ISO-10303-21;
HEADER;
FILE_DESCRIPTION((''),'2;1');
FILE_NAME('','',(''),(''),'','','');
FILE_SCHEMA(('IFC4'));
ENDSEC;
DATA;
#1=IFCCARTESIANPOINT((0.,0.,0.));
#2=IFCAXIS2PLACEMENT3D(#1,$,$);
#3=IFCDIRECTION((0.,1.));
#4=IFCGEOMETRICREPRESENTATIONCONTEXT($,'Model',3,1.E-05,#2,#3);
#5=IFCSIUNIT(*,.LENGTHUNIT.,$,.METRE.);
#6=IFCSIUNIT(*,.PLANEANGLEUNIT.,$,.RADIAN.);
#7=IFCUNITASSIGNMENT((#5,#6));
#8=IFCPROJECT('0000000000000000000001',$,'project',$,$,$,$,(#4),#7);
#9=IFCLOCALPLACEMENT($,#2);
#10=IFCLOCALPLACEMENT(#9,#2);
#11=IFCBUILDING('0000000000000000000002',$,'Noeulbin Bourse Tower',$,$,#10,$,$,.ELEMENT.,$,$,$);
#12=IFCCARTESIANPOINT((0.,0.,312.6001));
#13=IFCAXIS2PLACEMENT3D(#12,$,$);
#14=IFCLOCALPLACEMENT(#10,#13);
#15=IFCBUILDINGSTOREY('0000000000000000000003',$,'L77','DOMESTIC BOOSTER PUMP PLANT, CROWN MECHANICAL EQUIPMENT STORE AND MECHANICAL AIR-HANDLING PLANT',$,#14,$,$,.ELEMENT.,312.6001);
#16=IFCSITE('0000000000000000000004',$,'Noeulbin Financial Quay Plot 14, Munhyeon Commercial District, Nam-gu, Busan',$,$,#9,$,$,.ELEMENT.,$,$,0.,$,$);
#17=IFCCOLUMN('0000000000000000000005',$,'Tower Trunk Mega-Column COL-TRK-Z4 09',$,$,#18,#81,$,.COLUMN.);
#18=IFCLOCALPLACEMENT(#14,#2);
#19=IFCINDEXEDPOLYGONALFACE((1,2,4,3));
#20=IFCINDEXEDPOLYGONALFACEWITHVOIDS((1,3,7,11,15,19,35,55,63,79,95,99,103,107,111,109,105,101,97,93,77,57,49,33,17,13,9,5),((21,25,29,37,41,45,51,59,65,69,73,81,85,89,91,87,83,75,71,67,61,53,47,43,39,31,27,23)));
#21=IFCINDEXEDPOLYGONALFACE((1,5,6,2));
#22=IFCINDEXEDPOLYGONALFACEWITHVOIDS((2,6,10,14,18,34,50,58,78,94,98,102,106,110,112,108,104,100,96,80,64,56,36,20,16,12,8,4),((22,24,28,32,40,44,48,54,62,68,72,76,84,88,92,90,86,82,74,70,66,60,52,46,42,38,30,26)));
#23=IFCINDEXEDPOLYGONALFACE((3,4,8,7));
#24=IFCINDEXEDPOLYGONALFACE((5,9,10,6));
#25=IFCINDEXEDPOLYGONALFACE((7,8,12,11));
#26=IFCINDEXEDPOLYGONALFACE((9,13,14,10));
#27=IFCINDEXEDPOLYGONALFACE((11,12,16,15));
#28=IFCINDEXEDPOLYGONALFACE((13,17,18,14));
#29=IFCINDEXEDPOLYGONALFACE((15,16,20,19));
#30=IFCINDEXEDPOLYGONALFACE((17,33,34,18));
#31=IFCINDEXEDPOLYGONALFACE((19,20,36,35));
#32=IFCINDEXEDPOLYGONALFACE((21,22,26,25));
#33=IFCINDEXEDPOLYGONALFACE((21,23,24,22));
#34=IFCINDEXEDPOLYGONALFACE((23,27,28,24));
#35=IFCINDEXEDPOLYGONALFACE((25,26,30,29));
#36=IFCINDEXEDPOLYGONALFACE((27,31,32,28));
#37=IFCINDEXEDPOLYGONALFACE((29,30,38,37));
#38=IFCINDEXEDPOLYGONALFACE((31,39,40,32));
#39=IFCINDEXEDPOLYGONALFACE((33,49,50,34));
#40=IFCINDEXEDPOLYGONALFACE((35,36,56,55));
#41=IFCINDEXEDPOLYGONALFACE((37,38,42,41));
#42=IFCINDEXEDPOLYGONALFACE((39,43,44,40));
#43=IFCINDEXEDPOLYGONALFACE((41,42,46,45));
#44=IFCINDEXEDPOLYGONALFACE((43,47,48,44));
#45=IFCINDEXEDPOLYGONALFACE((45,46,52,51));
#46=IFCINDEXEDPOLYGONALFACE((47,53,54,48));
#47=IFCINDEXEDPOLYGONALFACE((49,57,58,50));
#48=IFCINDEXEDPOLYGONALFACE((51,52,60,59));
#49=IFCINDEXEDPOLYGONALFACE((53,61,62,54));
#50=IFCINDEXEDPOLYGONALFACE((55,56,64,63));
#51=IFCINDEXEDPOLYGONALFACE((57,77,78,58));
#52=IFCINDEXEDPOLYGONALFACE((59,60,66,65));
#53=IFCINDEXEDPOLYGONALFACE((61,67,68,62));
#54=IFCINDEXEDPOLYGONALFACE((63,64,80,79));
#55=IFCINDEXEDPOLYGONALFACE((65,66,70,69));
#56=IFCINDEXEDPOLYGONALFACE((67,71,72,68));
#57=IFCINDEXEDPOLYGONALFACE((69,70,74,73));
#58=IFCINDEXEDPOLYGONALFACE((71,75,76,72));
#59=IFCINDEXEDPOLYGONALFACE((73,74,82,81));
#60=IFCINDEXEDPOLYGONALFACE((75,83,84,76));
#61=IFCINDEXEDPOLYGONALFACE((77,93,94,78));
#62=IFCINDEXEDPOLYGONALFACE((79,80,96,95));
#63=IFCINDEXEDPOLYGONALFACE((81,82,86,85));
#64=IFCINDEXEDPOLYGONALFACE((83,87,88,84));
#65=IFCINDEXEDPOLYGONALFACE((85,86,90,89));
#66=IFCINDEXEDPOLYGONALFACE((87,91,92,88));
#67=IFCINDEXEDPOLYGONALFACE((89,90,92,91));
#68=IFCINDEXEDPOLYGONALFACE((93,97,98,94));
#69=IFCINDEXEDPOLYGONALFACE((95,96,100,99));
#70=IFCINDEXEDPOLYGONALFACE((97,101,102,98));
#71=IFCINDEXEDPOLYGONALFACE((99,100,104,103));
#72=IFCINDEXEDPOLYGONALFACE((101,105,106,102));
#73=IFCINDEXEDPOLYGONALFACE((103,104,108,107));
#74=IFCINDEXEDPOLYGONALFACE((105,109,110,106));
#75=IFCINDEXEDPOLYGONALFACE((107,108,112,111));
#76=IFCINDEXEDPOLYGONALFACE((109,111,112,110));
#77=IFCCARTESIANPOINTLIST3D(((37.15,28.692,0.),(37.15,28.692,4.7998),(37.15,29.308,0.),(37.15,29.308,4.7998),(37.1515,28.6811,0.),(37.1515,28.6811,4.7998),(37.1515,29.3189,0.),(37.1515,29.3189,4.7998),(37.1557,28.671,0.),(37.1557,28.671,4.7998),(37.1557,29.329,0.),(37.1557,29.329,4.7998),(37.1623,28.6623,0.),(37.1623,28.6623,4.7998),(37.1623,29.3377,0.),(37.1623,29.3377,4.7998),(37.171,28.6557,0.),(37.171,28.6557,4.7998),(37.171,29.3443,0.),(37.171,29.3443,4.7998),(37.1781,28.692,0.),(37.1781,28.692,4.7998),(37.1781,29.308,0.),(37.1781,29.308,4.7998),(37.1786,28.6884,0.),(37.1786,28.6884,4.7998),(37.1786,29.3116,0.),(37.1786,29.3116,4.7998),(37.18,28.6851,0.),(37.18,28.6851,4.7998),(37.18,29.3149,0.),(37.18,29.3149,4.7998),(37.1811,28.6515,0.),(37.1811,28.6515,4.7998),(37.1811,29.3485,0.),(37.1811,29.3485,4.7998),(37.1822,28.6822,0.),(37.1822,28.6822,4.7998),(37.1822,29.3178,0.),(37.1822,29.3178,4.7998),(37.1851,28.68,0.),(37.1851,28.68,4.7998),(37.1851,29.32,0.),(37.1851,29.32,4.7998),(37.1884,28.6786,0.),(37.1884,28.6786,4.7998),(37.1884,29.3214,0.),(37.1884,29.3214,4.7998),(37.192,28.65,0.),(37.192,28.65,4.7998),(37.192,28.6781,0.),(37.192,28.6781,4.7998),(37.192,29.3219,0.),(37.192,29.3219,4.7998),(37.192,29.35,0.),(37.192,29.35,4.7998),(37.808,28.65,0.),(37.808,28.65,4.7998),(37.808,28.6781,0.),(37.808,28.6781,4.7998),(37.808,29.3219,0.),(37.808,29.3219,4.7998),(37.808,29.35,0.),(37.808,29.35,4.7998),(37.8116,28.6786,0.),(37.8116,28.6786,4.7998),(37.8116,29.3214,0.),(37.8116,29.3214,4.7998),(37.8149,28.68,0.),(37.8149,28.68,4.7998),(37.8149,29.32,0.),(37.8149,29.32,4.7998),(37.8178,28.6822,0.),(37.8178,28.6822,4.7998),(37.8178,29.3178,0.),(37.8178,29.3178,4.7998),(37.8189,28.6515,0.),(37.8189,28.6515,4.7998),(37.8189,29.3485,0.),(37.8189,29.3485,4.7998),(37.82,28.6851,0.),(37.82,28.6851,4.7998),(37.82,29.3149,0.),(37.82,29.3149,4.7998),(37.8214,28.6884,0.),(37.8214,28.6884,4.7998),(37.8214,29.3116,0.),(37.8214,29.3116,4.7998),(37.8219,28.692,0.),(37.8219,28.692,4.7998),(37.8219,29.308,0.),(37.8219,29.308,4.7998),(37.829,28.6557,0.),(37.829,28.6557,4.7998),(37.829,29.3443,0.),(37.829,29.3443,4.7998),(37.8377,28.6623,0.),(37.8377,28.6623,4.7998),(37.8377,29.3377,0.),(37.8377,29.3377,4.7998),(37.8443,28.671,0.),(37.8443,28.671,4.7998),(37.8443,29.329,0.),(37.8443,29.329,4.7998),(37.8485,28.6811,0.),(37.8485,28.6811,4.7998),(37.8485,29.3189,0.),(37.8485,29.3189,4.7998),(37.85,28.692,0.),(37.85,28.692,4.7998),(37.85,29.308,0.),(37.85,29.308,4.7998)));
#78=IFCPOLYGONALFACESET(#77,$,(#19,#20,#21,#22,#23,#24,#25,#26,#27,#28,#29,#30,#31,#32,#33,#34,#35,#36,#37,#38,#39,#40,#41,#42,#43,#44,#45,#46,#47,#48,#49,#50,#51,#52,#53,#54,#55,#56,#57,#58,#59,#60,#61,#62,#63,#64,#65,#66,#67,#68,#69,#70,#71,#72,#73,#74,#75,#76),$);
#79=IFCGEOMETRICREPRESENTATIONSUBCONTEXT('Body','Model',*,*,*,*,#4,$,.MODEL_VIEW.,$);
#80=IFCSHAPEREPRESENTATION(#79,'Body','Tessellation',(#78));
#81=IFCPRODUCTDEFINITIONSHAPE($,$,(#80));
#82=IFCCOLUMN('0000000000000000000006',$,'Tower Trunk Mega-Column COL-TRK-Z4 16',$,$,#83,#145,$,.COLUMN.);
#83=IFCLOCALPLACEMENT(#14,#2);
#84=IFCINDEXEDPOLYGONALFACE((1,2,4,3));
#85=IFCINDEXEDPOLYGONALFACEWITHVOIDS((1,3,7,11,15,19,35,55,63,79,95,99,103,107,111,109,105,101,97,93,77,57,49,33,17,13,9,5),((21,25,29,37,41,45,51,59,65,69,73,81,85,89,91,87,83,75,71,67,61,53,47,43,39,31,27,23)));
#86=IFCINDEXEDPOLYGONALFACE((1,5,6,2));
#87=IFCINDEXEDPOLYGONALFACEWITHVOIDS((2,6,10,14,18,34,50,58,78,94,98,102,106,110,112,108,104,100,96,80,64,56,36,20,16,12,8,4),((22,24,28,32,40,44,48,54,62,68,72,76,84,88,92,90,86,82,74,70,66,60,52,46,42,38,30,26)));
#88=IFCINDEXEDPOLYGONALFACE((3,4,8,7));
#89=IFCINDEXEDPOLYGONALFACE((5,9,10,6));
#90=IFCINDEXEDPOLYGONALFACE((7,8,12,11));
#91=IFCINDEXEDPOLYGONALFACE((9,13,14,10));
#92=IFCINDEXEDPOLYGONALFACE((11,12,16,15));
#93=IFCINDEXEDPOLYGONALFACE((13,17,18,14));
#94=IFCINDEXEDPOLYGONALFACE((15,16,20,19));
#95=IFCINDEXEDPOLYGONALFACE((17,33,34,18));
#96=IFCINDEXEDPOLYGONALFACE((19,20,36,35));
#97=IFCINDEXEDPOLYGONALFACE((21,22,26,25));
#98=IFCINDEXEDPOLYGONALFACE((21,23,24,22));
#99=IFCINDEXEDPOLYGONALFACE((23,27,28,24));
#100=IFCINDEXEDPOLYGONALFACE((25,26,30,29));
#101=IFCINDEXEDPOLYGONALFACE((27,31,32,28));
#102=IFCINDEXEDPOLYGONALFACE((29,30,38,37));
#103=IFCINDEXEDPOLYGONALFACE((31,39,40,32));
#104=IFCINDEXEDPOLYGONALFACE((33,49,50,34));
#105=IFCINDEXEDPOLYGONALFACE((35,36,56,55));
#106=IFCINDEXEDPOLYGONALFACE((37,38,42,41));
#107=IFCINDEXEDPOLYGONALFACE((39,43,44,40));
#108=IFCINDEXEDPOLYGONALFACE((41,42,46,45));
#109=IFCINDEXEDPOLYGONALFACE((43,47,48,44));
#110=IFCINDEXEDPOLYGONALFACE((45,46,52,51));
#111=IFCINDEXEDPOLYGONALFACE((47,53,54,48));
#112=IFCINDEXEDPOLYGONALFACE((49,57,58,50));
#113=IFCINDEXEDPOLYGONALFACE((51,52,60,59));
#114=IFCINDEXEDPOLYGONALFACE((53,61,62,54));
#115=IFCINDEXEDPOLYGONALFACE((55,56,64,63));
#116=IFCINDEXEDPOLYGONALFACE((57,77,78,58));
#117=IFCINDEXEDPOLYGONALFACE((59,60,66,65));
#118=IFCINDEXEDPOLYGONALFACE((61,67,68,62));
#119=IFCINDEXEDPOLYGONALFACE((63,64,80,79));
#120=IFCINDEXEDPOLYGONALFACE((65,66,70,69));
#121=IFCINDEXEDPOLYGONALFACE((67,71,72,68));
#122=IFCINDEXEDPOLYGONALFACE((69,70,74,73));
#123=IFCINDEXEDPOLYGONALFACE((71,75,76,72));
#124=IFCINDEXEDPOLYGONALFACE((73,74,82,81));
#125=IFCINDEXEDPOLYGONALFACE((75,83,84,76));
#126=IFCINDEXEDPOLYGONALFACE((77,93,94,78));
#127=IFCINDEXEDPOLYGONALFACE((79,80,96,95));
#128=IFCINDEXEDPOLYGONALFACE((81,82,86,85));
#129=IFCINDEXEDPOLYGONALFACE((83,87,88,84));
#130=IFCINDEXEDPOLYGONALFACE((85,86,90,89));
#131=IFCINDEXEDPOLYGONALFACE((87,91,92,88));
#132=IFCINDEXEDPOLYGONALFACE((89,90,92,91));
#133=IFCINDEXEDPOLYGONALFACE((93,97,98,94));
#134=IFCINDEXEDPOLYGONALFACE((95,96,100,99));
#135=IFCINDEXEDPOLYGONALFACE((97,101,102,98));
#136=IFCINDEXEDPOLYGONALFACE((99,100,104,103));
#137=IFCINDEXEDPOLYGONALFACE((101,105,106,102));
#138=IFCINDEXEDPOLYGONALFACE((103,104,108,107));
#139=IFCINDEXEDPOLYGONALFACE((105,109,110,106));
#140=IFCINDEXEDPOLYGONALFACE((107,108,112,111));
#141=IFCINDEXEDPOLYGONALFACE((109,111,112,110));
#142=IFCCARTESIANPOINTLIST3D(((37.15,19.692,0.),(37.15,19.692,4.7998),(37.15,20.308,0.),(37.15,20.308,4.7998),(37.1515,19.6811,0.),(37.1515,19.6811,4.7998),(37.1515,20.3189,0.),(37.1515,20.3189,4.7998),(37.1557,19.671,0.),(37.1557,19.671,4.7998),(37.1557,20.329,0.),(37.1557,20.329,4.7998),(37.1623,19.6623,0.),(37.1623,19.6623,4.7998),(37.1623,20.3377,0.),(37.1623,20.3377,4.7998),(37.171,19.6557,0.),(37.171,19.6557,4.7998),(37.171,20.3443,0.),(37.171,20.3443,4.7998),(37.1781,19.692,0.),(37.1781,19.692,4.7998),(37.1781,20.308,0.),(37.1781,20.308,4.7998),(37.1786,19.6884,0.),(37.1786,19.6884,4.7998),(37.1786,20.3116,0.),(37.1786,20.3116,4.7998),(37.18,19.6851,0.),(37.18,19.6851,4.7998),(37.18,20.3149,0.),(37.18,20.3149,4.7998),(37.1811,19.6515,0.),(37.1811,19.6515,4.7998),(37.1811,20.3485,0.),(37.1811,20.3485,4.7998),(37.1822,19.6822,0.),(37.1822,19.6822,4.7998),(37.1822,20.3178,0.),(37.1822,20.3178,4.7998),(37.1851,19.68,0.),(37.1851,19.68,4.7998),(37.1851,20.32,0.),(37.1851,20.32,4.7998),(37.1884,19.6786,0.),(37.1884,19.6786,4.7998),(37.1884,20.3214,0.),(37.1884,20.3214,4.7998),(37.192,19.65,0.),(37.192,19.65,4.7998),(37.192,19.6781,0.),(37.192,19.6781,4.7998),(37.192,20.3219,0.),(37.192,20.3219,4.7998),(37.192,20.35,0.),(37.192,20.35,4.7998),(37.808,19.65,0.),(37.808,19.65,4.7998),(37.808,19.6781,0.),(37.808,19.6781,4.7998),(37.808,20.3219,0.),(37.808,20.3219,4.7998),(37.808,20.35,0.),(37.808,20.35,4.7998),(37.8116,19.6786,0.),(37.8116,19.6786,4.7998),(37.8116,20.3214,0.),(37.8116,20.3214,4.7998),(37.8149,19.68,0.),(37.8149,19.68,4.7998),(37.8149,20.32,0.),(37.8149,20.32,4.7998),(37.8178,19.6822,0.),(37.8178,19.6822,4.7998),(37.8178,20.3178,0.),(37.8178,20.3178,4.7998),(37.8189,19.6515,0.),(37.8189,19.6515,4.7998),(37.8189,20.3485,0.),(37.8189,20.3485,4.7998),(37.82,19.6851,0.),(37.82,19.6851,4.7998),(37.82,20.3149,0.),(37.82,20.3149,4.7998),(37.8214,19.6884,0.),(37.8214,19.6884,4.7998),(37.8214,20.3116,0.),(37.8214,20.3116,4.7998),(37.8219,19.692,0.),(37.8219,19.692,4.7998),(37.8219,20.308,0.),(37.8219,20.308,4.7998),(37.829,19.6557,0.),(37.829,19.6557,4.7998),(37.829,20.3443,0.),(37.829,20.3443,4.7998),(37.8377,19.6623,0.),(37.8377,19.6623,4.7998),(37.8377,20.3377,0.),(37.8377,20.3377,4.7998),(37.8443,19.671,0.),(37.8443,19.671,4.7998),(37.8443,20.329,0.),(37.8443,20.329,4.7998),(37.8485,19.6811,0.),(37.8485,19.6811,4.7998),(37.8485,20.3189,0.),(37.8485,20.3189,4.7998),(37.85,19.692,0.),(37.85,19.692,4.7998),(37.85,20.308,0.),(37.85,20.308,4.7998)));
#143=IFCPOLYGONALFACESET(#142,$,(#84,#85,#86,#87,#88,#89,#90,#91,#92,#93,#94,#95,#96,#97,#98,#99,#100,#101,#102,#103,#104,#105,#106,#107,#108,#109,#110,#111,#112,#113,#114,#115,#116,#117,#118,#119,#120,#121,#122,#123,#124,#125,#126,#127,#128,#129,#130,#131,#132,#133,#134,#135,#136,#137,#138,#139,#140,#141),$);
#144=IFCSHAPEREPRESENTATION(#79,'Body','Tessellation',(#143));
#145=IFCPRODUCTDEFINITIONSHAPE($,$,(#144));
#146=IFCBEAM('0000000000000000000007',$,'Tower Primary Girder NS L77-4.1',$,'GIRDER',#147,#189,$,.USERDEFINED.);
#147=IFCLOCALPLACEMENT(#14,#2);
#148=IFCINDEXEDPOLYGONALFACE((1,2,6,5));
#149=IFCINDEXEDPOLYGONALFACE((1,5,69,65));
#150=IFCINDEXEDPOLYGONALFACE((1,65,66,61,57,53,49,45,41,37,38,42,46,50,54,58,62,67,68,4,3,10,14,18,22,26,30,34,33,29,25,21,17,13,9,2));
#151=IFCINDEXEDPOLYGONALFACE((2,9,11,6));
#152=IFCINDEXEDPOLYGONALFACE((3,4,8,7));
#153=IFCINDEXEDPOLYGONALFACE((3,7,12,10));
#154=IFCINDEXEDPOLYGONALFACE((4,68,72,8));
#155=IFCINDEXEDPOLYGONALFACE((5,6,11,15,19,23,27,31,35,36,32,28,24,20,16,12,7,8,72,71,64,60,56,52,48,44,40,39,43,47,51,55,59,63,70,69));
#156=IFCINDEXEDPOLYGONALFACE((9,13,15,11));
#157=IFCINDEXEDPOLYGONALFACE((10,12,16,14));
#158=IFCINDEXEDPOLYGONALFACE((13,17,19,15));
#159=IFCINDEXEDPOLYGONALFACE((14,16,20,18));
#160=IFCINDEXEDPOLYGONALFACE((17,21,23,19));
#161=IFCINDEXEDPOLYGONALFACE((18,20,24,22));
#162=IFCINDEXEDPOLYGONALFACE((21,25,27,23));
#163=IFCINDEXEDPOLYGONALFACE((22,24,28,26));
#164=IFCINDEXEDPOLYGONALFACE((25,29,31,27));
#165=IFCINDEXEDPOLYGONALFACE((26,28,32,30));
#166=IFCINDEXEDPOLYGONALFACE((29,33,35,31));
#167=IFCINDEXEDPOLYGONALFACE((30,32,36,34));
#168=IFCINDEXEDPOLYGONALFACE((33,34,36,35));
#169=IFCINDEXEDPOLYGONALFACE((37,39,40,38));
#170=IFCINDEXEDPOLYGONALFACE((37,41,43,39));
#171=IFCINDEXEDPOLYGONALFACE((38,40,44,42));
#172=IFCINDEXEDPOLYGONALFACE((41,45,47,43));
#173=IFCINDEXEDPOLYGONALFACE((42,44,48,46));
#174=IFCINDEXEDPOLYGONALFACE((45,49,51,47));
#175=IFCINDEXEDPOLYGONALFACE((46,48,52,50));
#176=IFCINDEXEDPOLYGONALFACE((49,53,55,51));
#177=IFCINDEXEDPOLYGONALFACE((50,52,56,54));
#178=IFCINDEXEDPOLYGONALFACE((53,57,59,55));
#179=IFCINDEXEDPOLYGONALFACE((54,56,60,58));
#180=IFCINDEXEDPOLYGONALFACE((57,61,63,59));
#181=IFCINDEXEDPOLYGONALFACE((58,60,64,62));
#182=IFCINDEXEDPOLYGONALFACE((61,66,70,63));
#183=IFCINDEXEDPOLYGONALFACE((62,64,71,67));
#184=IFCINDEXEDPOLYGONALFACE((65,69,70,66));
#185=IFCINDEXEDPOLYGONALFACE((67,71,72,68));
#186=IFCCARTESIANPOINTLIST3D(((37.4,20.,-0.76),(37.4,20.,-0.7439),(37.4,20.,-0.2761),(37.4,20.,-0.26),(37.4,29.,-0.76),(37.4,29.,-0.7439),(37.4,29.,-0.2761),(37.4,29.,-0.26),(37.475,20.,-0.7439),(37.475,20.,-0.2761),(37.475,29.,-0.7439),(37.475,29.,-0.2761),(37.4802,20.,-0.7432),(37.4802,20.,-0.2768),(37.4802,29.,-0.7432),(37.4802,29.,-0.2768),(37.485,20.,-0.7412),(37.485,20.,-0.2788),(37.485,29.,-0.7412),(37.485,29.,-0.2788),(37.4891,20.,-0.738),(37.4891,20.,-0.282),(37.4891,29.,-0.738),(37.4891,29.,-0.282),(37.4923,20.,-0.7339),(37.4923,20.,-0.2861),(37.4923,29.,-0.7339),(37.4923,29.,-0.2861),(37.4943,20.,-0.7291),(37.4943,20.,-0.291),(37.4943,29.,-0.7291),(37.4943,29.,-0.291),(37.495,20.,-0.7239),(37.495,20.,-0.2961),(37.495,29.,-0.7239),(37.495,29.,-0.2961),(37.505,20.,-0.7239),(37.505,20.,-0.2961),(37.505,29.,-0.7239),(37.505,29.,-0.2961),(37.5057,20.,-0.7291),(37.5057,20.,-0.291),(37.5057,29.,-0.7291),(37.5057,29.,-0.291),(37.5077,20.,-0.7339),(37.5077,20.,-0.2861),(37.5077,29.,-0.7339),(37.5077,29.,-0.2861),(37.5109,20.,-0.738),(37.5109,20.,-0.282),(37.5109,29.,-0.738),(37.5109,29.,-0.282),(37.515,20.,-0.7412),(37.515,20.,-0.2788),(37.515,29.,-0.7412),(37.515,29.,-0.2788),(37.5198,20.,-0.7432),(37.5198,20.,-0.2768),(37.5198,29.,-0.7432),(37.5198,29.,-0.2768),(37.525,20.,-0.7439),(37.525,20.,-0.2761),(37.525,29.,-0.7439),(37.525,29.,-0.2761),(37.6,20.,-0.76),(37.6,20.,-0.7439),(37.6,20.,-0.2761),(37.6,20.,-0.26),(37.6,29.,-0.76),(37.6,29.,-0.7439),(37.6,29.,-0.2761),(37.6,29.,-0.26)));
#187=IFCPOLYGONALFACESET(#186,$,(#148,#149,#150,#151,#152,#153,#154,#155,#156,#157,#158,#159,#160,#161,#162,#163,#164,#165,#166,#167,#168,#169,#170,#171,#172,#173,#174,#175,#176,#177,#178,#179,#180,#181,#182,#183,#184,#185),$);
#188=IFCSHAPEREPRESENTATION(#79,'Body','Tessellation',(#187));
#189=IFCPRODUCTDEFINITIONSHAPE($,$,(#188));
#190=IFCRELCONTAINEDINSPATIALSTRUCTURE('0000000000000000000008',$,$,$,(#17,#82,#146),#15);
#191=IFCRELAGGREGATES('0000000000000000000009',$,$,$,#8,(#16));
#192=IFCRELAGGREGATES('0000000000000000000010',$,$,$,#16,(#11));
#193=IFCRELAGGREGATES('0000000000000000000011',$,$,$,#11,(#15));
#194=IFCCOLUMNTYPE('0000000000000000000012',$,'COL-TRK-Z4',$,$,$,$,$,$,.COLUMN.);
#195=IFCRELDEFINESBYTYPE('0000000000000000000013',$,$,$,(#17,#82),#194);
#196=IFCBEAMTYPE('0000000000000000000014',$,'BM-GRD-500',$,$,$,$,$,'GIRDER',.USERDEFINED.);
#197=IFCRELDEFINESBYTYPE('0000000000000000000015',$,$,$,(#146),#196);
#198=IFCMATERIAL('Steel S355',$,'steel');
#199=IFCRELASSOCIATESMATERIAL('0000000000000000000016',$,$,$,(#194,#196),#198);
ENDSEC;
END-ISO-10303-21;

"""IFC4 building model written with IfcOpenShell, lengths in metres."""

from ifc_helpers import new_model, si_unit, direction, frame, origin, origin_2d, place, context, subcontext, project, spatial, hollow_rectangle, i_section, extrude, material, material_profile, profile_set, type_object, element, save


model = new_model("IFC4")

# Units and contexts
model_context = context("Model", 3, precision=1e-05, world=origin(), true_north=direction((0.0, 1.0)))
body_context = subcontext(model_context, "Body", "Model", "MODEL_VIEW")
ifc_project = project(units=[si_unit("LENGTHUNIT", "METRE"), si_unit("PLANEANGLEUNIT", "RADIAN")], contexts=[model_context])

# Site, building, storey
site_placement = place(None, origin())
site = spatial("IfcSite", under=ifc_project, at=site_placement, Name="Noeulbin Financial Quay Plot 14, Munhyeon Commercial District, Nam-gu, Busan", CompositionType="ELEMENT", RefElevation=0.0)
building_placement = place(site_placement, origin())
building = spatial("IfcBuilding", under=site, at=building_placement, Name="Noeulbin Bourse Tower", CompositionType="ELEMENT")
storey_placement = place(building_placement, frame((0.0, 0.0, 312.6001)))
storey = spatial("IfcBuildingStorey", under=building, at=storey_placement, Name="L77", Description="DOMESTIC BOOSTER PUMP PLANT, CROWN MECHANICAL EQUIPMENT STORE AND MECHANICAL AIR-HANDLING PLANT", CompositionType="ELEMENT", Elevation=312.6001)

# Columns
ifc_material_1 = material(Name="Steel S355", Category="steel")
ifc_material_profile_1 = material_profile(ifc_material_1, hollow_rectangle(XDim=0.7, YDim=0.7, WallThickness=0.0281, InnerFilletRadius=0.0139, OuterFilletRadius=0.042, at=origin_2d()), Name="BOX-700x700x28", Category="LoadBearing")
ifc_profile_set_1 = profile_set([ifc_material_profile_1], Name="Steel S355")
column_type = type_object("IfcColumnType", Name="COL-TRK-Z4", PredefinedType="COLUMN", material=ifc_profile_set_1)
for number, where, z_axis, x_axis, name in (
    (1, (37.5, 29.0, 0.0), (0.0, 0.0, 1.0), (1.0, 0.0, 0.0), "Tower Trunk Mega-Column COL-TRK-Z4 09"),
    (2, (37.5, 20.0, 0.0), (0.0, 0.0, 1.0), (1.0, 0.0, 0.0), "Tower Trunk Mega-Column COL-TRK-Z4 16"),
):
    element("IfcColumn", number, at=place(storey_placement, frame(where, z_axis=z_axis, x_axis=x_axis)), inside=storey, type_object=column_type, Name=name, PredefinedType="COLUMN", context=body_context, shape_type="SweptSolid", body=[
        extrude(hollow_rectangle(XDim=0.7, YDim=0.7, WallThickness=0.0281, InnerFilletRadius=0.0139, OuterFilletRadius=0.042, at=origin_2d()), origin(), (0.0, 0.0, 1.0), 4.7998),
    ])

# Beam
ifc_material_profile_2 = material_profile(ifc_material_1, i_section(OverallWidth=0.2, OverallDepth=0.5, WebThickness=0.01, FlangeThickness=0.0161, FilletRadius=0.02, at=origin_2d()), Name="H-500x200x10x16", Category="LoadBearing")
ifc_profile_set_2 = profile_set([ifc_material_profile_2], Name="Steel S355")
beam_type_1 = type_object("IfcBeamType", Name="BM-GRD-500", ElementType="GIRDER", PredefinedType="USERDEFINED", material=ifc_profile_set_2)
beam_1_placement = place(storey_placement, frame((37.5, 20.0, -0.51), z_axis=(0.0, 1.0, 0.0), x_axis=(-1.0, 0.0, 0.0)))
element("IfcBeam", 3, at=beam_1_placement, inside=storey, type_object=beam_type_1, Name="Tower Primary Girder NS L77-4.1", ObjectType="GIRDER", PredefinedType="USERDEFINED", context=body_context, shape_type="SweptSolid", body=[
    extrude(i_section(OverallWidth=0.2, OverallDepth=0.5, WebThickness=0.01, FlangeThickness=0.0161, FilletRadius=0.02, at=origin_2d()), origin(), (0.0, 0.0, 1.0), 9.0),
])

save(model, "model.ifc")
